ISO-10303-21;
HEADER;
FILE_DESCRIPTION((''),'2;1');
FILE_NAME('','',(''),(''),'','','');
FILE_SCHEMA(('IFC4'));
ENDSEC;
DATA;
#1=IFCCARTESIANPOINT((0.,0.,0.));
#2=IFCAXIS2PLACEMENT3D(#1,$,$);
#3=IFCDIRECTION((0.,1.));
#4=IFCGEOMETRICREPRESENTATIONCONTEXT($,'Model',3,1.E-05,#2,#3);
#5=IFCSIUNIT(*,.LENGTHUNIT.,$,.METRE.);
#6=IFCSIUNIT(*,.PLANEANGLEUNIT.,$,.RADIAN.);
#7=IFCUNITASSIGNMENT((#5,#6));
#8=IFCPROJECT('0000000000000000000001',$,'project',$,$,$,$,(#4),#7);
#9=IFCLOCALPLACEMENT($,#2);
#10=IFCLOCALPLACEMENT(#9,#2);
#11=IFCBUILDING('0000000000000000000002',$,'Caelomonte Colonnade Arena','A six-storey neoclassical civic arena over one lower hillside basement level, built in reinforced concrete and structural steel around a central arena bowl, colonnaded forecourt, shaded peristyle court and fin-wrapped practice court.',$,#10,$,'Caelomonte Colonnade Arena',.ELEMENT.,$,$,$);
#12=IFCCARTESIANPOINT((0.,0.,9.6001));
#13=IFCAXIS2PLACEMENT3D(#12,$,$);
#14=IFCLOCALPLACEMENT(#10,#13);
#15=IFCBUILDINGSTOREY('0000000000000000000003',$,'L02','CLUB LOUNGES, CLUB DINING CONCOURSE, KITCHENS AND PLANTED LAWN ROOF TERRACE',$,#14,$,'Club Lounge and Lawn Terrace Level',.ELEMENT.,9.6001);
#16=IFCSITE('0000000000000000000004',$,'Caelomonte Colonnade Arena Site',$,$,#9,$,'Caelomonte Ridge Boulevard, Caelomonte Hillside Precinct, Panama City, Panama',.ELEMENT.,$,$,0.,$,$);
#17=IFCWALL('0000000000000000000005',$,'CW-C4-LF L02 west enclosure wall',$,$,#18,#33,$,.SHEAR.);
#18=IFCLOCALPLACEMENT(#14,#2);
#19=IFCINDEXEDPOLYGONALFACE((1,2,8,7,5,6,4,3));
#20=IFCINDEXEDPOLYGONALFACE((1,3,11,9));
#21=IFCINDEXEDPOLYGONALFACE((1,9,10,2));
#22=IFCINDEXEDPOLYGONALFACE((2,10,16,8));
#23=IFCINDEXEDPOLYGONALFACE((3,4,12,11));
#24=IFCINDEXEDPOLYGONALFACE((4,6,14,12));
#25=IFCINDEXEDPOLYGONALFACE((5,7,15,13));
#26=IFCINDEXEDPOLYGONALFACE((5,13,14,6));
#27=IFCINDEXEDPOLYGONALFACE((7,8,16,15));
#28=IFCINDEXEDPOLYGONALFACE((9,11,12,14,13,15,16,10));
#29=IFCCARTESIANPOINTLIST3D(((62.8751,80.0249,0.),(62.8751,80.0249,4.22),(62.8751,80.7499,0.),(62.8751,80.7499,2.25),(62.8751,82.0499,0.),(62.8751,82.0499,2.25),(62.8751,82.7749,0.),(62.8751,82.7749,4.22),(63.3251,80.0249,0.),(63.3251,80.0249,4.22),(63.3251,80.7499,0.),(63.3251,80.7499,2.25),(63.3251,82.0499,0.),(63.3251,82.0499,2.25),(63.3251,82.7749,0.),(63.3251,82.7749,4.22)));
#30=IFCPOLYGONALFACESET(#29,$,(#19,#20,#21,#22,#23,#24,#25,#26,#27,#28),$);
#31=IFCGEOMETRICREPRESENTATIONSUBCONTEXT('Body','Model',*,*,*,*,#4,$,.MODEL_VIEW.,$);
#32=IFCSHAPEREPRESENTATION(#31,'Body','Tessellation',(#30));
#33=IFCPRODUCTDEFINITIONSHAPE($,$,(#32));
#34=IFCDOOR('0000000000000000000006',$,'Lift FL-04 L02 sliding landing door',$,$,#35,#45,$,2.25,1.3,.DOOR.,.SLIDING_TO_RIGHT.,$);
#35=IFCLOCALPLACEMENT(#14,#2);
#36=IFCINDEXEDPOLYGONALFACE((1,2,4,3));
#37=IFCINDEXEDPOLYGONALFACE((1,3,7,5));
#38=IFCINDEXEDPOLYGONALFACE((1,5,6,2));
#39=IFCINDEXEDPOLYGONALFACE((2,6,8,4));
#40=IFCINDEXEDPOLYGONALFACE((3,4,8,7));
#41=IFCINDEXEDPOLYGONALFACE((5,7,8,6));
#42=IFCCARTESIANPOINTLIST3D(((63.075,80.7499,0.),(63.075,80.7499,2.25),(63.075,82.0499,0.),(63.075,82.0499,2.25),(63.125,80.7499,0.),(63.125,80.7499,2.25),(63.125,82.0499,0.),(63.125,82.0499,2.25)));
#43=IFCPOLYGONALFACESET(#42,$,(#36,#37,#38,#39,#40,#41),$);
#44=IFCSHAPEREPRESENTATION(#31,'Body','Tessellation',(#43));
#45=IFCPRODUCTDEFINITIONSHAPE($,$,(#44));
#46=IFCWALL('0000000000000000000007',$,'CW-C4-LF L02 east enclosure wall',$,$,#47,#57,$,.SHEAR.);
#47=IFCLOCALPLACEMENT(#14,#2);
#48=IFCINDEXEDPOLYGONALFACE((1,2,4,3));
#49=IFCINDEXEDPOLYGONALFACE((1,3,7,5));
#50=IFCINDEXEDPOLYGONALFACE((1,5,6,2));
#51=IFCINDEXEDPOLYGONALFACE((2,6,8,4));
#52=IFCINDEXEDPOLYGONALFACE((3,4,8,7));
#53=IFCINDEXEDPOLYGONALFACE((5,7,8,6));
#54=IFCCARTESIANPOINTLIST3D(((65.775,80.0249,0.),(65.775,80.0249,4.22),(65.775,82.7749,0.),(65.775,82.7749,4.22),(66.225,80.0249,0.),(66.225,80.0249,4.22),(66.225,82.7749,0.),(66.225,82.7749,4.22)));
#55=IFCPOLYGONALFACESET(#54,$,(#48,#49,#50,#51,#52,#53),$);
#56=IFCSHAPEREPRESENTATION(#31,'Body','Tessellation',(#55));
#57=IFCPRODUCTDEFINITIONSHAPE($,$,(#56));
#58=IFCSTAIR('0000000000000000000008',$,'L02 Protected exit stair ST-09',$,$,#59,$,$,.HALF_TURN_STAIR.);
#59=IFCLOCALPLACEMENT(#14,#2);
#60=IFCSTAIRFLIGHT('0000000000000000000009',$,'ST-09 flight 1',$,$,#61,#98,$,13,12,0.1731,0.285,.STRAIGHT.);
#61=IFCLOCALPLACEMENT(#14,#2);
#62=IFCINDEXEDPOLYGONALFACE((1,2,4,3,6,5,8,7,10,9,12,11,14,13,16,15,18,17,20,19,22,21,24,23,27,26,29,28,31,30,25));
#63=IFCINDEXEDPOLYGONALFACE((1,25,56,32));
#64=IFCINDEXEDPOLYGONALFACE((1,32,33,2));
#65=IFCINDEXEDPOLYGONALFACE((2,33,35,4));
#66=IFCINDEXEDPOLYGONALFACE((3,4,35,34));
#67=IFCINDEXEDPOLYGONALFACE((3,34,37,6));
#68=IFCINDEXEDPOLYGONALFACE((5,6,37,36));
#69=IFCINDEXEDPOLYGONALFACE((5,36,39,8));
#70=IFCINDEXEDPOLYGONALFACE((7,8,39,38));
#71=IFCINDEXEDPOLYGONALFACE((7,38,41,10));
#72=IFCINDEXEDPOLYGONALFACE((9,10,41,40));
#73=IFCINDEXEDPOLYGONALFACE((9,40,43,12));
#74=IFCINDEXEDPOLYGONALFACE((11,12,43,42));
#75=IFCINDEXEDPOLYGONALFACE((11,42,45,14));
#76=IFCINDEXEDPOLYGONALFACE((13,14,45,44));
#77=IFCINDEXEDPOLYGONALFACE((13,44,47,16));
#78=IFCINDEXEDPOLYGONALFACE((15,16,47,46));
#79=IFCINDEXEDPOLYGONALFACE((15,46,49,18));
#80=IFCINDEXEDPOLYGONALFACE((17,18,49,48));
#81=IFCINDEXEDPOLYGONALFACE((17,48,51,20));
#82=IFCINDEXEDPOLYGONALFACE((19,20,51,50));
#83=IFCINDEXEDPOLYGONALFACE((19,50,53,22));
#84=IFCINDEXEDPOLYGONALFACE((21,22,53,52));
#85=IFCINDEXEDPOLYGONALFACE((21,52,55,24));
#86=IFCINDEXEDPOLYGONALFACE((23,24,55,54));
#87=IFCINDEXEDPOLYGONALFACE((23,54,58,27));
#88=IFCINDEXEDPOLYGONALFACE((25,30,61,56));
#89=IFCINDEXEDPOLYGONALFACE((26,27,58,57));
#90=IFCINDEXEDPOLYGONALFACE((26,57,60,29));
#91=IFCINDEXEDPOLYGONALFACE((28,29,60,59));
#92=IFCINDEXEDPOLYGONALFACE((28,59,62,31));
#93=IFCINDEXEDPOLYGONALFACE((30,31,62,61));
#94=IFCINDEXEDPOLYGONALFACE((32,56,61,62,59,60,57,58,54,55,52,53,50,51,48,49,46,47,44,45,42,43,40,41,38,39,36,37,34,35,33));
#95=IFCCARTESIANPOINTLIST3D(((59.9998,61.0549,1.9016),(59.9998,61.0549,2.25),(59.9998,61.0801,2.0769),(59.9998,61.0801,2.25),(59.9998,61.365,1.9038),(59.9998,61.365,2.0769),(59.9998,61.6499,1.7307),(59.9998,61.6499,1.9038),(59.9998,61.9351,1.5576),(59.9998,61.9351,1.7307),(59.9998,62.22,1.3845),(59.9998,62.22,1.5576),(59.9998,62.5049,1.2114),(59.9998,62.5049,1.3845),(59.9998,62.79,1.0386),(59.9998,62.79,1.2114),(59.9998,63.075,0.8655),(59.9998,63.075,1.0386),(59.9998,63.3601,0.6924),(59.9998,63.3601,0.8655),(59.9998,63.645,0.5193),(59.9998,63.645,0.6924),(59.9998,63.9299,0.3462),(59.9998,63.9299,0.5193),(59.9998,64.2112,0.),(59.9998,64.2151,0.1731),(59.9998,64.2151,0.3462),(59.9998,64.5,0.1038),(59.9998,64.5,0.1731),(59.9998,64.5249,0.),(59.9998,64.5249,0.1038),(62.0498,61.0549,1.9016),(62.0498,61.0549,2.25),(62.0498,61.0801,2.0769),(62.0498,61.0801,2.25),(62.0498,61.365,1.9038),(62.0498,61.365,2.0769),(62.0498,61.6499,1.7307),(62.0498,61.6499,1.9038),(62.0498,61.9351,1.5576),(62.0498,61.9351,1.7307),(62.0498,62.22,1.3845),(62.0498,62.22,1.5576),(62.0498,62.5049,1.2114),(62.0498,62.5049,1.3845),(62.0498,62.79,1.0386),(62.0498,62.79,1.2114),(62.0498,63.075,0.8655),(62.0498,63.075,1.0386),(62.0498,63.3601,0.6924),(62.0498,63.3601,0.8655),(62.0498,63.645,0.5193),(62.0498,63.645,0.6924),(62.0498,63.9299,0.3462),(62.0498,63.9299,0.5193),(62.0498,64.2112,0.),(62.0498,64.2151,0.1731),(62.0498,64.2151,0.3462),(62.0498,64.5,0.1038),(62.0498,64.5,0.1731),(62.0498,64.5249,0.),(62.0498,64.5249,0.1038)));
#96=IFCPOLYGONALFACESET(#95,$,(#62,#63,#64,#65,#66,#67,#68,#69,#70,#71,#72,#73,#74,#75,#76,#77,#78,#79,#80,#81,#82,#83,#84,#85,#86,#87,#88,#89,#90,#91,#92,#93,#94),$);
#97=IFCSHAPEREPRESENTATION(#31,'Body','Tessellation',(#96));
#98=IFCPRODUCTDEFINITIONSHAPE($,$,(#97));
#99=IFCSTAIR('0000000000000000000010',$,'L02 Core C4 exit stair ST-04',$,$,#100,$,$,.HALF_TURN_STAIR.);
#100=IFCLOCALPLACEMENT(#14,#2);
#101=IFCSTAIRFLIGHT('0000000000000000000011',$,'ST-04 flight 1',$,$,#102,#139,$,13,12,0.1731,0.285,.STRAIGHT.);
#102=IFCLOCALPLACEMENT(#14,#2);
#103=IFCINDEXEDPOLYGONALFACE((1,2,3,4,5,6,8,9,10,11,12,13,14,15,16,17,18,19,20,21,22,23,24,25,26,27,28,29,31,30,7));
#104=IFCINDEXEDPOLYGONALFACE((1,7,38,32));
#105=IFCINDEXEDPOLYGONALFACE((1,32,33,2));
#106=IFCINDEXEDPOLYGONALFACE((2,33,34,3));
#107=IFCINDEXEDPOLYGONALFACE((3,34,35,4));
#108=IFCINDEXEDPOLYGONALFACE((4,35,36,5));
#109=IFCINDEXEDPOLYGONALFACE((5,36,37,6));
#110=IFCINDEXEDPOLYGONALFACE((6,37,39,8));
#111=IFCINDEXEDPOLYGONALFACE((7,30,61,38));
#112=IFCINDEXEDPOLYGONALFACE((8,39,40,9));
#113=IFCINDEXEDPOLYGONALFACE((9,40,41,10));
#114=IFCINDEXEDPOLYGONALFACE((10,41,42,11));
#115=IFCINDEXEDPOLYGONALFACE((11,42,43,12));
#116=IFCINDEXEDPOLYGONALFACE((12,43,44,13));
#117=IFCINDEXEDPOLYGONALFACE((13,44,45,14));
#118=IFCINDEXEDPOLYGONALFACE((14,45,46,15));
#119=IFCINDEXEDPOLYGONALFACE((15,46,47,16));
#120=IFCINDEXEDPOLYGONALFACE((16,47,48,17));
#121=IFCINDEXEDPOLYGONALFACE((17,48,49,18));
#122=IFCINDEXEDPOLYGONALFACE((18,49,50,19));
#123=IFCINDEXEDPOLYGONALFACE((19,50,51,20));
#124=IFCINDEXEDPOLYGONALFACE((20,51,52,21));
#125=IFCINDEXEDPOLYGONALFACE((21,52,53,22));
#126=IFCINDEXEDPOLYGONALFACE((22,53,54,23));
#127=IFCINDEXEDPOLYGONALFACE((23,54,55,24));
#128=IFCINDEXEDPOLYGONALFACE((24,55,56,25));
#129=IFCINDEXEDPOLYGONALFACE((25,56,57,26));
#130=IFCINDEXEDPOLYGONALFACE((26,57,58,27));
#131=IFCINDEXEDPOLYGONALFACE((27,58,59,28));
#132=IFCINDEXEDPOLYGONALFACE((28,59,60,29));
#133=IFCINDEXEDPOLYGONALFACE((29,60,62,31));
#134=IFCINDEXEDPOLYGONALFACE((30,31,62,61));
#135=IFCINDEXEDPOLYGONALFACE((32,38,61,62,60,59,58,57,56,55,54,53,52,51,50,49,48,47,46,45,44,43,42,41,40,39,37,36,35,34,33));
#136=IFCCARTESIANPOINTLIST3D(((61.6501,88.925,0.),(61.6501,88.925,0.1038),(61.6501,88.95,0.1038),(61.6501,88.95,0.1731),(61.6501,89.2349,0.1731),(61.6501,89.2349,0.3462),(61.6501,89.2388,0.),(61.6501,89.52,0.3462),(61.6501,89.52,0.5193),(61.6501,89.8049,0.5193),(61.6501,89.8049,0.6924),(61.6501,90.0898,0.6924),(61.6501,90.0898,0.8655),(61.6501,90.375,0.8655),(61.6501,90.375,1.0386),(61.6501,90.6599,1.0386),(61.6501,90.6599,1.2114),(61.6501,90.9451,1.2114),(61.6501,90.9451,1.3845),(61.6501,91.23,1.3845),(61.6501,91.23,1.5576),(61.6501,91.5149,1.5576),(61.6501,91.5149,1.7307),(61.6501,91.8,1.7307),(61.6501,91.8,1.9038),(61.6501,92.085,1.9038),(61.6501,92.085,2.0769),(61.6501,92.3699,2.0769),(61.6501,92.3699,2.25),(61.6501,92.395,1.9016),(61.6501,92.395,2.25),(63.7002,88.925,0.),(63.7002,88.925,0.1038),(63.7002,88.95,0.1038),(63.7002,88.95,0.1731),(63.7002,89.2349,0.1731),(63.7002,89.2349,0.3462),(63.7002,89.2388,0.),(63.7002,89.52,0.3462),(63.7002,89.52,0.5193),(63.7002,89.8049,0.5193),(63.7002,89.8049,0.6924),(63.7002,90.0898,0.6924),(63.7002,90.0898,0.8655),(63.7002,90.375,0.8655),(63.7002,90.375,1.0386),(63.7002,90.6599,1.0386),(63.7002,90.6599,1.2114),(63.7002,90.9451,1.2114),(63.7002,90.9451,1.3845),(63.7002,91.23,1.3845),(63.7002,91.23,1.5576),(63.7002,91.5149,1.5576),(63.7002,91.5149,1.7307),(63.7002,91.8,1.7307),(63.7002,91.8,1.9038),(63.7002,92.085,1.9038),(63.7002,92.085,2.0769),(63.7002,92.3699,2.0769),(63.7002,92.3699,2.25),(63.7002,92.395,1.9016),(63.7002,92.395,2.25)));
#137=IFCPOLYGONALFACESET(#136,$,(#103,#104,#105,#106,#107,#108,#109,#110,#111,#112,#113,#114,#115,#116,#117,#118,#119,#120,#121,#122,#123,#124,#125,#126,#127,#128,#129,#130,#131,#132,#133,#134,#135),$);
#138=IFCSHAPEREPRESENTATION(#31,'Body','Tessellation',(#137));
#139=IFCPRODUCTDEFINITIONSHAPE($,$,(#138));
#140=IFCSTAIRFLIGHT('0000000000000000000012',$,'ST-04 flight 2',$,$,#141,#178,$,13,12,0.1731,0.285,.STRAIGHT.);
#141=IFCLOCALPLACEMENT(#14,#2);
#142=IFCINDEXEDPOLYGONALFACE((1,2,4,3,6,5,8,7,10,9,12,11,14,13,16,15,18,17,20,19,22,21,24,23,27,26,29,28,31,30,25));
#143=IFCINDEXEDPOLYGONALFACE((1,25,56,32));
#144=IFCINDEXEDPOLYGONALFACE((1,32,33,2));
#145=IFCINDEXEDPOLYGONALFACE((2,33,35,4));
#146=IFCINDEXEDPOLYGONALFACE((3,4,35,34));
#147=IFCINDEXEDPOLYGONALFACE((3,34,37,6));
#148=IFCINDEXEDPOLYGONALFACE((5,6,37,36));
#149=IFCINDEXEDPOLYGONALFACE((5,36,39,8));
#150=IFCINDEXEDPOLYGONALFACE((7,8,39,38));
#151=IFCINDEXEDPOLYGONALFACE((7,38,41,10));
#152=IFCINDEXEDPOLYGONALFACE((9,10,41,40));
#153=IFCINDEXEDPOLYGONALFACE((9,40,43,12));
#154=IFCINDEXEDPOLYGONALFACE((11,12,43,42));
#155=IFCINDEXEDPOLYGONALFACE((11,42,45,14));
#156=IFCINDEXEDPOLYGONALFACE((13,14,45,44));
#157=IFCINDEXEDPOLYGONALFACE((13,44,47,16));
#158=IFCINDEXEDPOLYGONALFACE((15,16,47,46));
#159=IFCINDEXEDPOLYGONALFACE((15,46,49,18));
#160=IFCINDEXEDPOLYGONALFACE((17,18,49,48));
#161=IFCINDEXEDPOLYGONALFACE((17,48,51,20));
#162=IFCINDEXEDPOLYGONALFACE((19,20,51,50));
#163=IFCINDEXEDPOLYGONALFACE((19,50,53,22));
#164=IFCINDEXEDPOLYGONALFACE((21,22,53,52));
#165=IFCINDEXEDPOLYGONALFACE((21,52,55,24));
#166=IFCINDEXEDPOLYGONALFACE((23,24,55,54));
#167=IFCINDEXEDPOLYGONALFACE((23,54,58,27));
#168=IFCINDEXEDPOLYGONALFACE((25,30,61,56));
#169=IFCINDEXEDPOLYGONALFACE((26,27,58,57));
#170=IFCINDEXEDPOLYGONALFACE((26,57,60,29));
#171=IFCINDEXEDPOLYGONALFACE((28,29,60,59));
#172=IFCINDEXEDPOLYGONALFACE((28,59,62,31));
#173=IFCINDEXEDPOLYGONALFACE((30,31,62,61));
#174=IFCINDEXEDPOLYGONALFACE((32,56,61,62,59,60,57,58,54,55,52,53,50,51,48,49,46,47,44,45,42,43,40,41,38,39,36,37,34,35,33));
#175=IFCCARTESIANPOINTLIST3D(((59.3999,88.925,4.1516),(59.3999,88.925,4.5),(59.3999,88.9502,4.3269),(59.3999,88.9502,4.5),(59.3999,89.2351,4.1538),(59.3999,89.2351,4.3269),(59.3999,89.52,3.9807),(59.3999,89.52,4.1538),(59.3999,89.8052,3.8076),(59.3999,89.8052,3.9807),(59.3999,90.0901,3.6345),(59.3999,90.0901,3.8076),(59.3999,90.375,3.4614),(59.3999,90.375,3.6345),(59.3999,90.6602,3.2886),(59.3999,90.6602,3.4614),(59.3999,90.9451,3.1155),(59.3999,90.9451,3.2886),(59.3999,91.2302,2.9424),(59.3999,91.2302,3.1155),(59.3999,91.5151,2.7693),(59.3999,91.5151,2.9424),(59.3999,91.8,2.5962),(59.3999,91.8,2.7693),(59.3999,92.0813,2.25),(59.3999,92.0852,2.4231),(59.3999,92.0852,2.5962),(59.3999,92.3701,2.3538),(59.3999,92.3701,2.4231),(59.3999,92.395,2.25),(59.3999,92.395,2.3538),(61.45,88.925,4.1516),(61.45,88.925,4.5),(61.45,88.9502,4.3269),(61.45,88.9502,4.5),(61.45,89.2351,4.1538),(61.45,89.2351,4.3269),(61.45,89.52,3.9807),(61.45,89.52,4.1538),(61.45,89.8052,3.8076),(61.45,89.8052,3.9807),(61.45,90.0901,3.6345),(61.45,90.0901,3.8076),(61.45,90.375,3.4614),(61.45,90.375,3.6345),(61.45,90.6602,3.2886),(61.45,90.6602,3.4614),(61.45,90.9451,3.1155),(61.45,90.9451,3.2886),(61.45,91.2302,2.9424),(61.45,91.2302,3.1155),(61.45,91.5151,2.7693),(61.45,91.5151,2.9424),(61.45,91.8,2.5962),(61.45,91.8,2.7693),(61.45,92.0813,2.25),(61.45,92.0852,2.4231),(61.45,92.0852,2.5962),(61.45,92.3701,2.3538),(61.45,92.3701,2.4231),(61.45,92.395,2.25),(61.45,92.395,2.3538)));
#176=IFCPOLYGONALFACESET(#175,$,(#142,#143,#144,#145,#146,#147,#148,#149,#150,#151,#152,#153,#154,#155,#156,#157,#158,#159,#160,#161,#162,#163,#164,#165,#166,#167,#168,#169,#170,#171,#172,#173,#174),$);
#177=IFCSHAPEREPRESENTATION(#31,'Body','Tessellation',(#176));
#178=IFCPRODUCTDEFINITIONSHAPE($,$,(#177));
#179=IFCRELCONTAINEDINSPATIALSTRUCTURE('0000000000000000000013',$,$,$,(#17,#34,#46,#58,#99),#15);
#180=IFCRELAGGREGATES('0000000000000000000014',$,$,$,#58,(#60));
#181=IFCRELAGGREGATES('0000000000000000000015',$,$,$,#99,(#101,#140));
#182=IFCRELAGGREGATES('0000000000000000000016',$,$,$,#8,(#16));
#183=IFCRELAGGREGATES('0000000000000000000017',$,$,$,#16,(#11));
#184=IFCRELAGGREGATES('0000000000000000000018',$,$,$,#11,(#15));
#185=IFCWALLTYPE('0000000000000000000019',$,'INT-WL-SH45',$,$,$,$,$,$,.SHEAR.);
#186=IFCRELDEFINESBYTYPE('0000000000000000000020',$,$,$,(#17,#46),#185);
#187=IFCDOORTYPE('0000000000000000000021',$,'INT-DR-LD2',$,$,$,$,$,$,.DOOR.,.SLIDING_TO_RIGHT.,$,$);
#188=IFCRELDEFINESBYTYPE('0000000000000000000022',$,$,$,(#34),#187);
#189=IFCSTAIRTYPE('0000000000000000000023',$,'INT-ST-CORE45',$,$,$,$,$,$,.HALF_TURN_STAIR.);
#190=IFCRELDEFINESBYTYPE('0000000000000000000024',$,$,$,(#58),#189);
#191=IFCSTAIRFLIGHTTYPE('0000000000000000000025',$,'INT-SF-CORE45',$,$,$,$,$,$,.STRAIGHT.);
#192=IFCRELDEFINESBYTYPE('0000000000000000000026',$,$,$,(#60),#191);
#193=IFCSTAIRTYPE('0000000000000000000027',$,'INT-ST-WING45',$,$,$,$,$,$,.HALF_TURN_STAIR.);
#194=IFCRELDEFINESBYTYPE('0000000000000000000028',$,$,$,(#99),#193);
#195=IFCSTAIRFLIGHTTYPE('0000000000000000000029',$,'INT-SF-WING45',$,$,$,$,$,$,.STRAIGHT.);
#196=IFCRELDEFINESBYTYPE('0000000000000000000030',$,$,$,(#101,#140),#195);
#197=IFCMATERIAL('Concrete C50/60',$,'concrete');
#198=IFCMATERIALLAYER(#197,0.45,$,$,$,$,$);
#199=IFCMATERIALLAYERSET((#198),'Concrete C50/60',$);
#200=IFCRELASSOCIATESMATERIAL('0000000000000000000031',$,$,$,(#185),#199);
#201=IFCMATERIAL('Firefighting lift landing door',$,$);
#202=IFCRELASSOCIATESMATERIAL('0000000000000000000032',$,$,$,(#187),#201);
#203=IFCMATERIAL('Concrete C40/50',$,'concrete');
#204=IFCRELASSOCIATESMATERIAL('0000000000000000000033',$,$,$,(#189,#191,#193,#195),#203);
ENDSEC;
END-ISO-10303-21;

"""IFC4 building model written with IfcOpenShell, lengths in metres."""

from ifc_helpers import new_model, si_unit, direction, frame, frame_2d, origin, place, context, subcontext, project, spatial, polyline, rectangle, outline, extrude, material, layer, layer_set, type_object, element, fill, aggregate, save


model = new_model("IFC4")

# Units and contexts
model_context = context("Model", 3, precision=1e-05, world=origin(), true_north=direction((0.0, 1.0)))
body_context = subcontext(model_context, "Body", "Model", "MODEL_VIEW")
ifc_project = project(units=[si_unit("LENGTHUNIT", "METRE"), si_unit("PLANEANGLEUNIT", "RADIAN")], contexts=[model_context])

# Site, building, storey
site_placement = place(None, origin())
site = spatial("IfcSite", under=ifc_project, at=site_placement, Name="Caelomonte Colonnade Arena Site", LongName="Caelomonte Ridge Boulevard, Caelomonte Hillside Precinct, Panama City, Panama", CompositionType="ELEMENT", RefElevation=0.0)
building_placement = place(site_placement, origin())
building = spatial("IfcBuilding", under=site, at=building_placement, Name="Caelomonte Colonnade Arena", Description="A six-storey neoclassical civic arena over one lower hillside basement level, built in reinforced concrete and structural steel around a central arena bowl, colonnaded forecourt, shaded peristyle court and fin-wrapped practice court.", LongName="Caelomonte Colonnade Arena", CompositionType="ELEMENT")
storey_placement = place(building_placement, frame((0.0, 0.0, 9.6001)))
storey = spatial("IfcBuildingStorey", under=building, at=storey_placement, Name="L02", Description="CLUB LOUNGES, CLUB DINING CONCOURSE, KITCHENS AND PLANTED LAWN ROOF TERRACE", LongName="Club Lounge and Lawn Terrace Level", CompositionType="ELEMENT", Elevation=9.6001)

# Shared definitions
ifc_material_1 = material(Name="Concrete C40/50", Category="concrete")

# Shared definitions
ifc_material_2 = material(Name="Concrete C50/60", Category="concrete")

# Shared definitions
ifc_layer_1 = layer(ifc_material_2, 0.45)
ifc_layer_set_1 = layer_set([ifc_layer_1], Name="Concrete C50/60")
wall_type_1 = type_object("IfcWallType", Name="INT-WL-SH45", PredefinedType="SHEAR", material=ifc_layer_set_1)

# Wall, opening, door
wall_1_placement = place(storey_placement, frame((63.1001, 82.7749, 0.0), z_axis=(0.0, 0.0, 1.0), x_axis=(0.0, -1.0, 0.0)))
wall_1 = element("IfcWall", 1, at=wall_1_placement, inside=storey, type_object=wall_type_1, Name="CW-C4-LF L02 west enclosure wall", PredefinedType="SHEAR", context=body_context, shape_type="SweptSolid", body=[
    extrude(rectangle(XDim=2.75, YDim=0.45, at=frame_2d((1.375, 0.0))), origin(), (0.0, 0.0, 1.0), 4.22),
])
opening_1_placement = place(wall_1_placement, frame((0.7251, 0.0, 0.0), z_axis=(0.0, 0.0, 1.0), x_axis=(1.0, 0.0, 0.0)))
opening_1 = element("IfcOpeningElement", 2, at=opening_1_placement, cuts=wall_1, PredefinedType="OPENING", context=body_context, shape_type="SweptSolid", body=[
    extrude(rectangle(XDim=1.3, YDim=2.25, at=frame_2d((0.6499, 1.125))), frame((0.0, 0.2349, 0.0), z_axis=(0.0, -1.0, 0.0), x_axis=(1.0, 0.0, 0.0)), (0.0, 0.0, 1.0), 0.47),
])
ifc_material_3 = material(Name="Firefighting lift landing door")
door_type_1 = type_object("IfcDoorType", Name="INT-DR-LD2", OperationType="SLIDING_TO_RIGHT", PredefinedType="DOOR", material=ifc_material_3)
door_1_placement = place(opening_1_placement, origin())
door_1 = element("IfcDoor", 3, at=door_1_placement, inside=storey, type_object=door_type_1, Name="Lift FL-04 L02 sliding landing door", OperationType="SLIDING_TO_RIGHT", OverallHeight=2.25, OverallWidth=1.3, PredefinedType="DOOR", context=body_context, shape_type="SweptSolid", body=[
    extrude(rectangle(XDim=1.3, YDim=2.25, at=frame_2d((0.6499, 1.125))), frame((0.0, 0.0249, 0.0), z_axis=(0.0, -1.0, 0.0), x_axis=(1.0, 0.0, 0.0)), (0.0, 0.0, 1.0), 0.05),
])
fill(opening_1, door_1)

# Wall
wall_2_placement = place(storey_placement, frame((66.0, 80.0249, 0.0), z_axis=(0.0, 0.0, 1.0), x_axis=(0.0, 1.0, 0.0)))
element("IfcWall", 4, at=wall_2_placement, inside=storey, type_object=wall_type_1, Name="CW-C4-LF L02 east enclosure wall", PredefinedType="SHEAR", context=body_context, shape_type="SweptSolid", body=[
    extrude(rectangle(XDim=2.75, YDim=0.45, at=frame_2d((1.375, 0.0))), origin(), (0.0, 0.0, 1.0), 4.22),
])

# Stair, stair flight
stair_type_1 = type_object("IfcStairType", Name="INT-ST-CORE45", PredefinedType="HALF_TURN_STAIR", material=ifc_material_1)
stair_1_placement = place(storey_placement, origin())
stair_1 = element("IfcStair", 5, at=stair_1_placement, inside=storey, type_object=stair_type_1, Name="L02 Protected exit stair ST-09", PredefinedType="HALF_TURN_STAIR")
stair_flight_type_1 = type_object("IfcStairFlightType", Name="INT-SF-CORE45", PredefinedType="STRAIGHT", material=ifc_material_1)
stair_flight_1_placement = place(storey_placement, frame((61.0249, 64.5, 0.0), z_axis=(0.0, 0.0, 1.0), x_axis=(0.0, -1.0, 0.0)))
stair_flight_1 = element("IfcStairFlight", 6, at=stair_flight_1_placement, type_object=stair_flight_type_1, Name="ST-09 flight 1", NumberOfRisers=13, NumberOfTreads=12, PredefinedType="STRAIGHT", RiserHeight=0.1731, TreadLength=0.285, context=body_context, shape_type="SweptSolid", body=[
    extrude(outline(polyline([(-0.0249, 0.0), (-0.0249, 0.1038), (0.0, 0.1038), (0.0, 0.1731), (0.2849, 0.1731), (0.2849, 0.3462), (0.5701, 0.3462), (0.5701, 0.5193), (0.855, 0.5193), (0.855, 0.6924), (1.1399, 0.6924), (1.1399, 0.8655), (1.425, 0.8655), (1.425, 1.0386), (1.71, 1.0386), (1.71, 1.2114), (1.9951, 1.2114), (1.9951, 1.3845), (2.28, 1.3845), (2.28, 1.5576), (2.5649, 1.5576), (2.5649, 1.7307), (2.8501, 1.7307), (2.8501, 1.9038), (3.135, 1.9038), (3.135, 2.0769), (3.4199, 2.0769), (3.4199, 2.25), (3.4451, 2.25), (3.4451, 1.9016), (0.2888, 0.0), (-0.0249, 0.0)])), frame((0.0, 1.0249, 0.0), z_axis=(0.0, -1.0, 0.0), x_axis=(1.0, 0.0, 0.0)), (0.0, 0.0, 1.0), 2.05),
])
aggregate(stair_1, [stair_flight_1])

# Stair, stair flights
stair_type_2 = type_object("IfcStairType", Name="INT-ST-WING45", PredefinedType="HALF_TURN_STAIR", material=ifc_material_1)
stair_2_placement = place(storey_placement, origin())
stair_2 = element("IfcStair", 7, at=stair_2_placement, inside=storey, type_object=stair_type_2, Name="L02 Core C4 exit stair ST-04", PredefinedType="HALF_TURN_STAIR")
stair_flight_type_2 = type_object("IfcStairFlightType", Name="INT-SF-WING45", PredefinedType="STRAIGHT", material=ifc_material_1)
stair_flight_2_placement = place(storey_placement, frame((62.675, 88.95, 0.0), z_axis=(0.0, 0.0, 1.0), x_axis=(0.0, 1.0, 0.0)))
stair_flight_2 = element("IfcStairFlight", 8, at=stair_flight_2_placement, type_object=stair_flight_type_2, Name="ST-04 flight 1", NumberOfRisers=13, NumberOfTreads=12, PredefinedType="STRAIGHT", RiserHeight=0.1731, TreadLength=0.285, context=body_context, shape_type="SweptSolid", body=[
    extrude(outline(polyline([(-0.0249, 0.0), (-0.0249, 0.1038), (0.0, 0.1038), (0.0, 0.1731), (0.2849, 0.1731), (0.2849, 0.3462), (0.5701, 0.3462), (0.5701, 0.5193), (0.855, 0.5193), (0.855, 0.6924), (1.1399, 0.6924), (1.1399, 0.8655), (1.425, 0.8655), (1.425, 1.0386), (1.71, 1.0386), (1.71, 1.2114), (1.9951, 1.2114), (1.9951, 1.3845), (2.28, 1.3845), (2.28, 1.5576), (2.5649, 1.5576), (2.5649, 1.7307), (2.8501, 1.7307), (2.8501, 1.9038), (3.135, 1.9038), (3.135, 2.0769), (3.4199, 2.0769), (3.4199, 2.25), (3.4451, 2.25), (3.4451, 1.9016), (0.2888, 0.0), (-0.0249, 0.0)])), frame((0.0, 1.0249, 0.0), z_axis=(0.0, -1.0, 0.0), x_axis=(1.0, 0.0, 0.0)), (0.0, 0.0, 1.0), 2.05),
])
stair_flight_3_placement = place(storey_placement, frame((60.425, 92.3701, 2.25), z_axis=(0.0, 0.0, 1.0), x_axis=(0.0, -1.0, 0.0)))
stair_flight_3 = element("IfcStairFlight", 9, at=stair_flight_3_placement, type_object=stair_flight_type_2, Name="ST-04 flight 2", NumberOfRisers=13, NumberOfTreads=12, PredefinedType="STRAIGHT", RiserHeight=0.1731, TreadLength=0.285, context=body_context, shape_type="SweptSolid", body=[
    extrude(outline(polyline([(-0.0249, 0.0), (-0.0249, 0.1038), (0.0, 0.1038), (0.0, 0.1731), (0.2849, 0.1731), (0.2849, 0.3462), (0.5701, 0.3462), (0.5701, 0.5193), (0.855, 0.5193), (0.855, 0.6924), (1.1399, 0.6924), (1.1399, 0.8655), (1.425, 0.8655), (1.425, 1.0386), (1.71, 1.0386), (1.71, 1.2114), (1.9951, 1.2114), (1.9951, 1.3845), (2.28, 1.3845), (2.28, 1.5576), (2.5649, 1.5576), (2.5649, 1.7307), (2.8501, 1.7307), (2.8501, 1.9038), (3.135, 1.9038), (3.135, 2.0769), (3.4199, 2.0769), (3.4199, 2.25), (3.4451, 2.25), (3.4451, 1.9016), (0.2888, 0.0), (-0.0249, 0.0)])), frame((0.0, 1.0249, 0.0), z_axis=(0.0, -1.0, 0.0), x_axis=(1.0, 0.0, 0.0)), (0.0, 0.0, 1.0), 2.05),
])
aggregate(stair_2, [stair_flight_2, stair_flight_3])

save(model, "model.ifc")
